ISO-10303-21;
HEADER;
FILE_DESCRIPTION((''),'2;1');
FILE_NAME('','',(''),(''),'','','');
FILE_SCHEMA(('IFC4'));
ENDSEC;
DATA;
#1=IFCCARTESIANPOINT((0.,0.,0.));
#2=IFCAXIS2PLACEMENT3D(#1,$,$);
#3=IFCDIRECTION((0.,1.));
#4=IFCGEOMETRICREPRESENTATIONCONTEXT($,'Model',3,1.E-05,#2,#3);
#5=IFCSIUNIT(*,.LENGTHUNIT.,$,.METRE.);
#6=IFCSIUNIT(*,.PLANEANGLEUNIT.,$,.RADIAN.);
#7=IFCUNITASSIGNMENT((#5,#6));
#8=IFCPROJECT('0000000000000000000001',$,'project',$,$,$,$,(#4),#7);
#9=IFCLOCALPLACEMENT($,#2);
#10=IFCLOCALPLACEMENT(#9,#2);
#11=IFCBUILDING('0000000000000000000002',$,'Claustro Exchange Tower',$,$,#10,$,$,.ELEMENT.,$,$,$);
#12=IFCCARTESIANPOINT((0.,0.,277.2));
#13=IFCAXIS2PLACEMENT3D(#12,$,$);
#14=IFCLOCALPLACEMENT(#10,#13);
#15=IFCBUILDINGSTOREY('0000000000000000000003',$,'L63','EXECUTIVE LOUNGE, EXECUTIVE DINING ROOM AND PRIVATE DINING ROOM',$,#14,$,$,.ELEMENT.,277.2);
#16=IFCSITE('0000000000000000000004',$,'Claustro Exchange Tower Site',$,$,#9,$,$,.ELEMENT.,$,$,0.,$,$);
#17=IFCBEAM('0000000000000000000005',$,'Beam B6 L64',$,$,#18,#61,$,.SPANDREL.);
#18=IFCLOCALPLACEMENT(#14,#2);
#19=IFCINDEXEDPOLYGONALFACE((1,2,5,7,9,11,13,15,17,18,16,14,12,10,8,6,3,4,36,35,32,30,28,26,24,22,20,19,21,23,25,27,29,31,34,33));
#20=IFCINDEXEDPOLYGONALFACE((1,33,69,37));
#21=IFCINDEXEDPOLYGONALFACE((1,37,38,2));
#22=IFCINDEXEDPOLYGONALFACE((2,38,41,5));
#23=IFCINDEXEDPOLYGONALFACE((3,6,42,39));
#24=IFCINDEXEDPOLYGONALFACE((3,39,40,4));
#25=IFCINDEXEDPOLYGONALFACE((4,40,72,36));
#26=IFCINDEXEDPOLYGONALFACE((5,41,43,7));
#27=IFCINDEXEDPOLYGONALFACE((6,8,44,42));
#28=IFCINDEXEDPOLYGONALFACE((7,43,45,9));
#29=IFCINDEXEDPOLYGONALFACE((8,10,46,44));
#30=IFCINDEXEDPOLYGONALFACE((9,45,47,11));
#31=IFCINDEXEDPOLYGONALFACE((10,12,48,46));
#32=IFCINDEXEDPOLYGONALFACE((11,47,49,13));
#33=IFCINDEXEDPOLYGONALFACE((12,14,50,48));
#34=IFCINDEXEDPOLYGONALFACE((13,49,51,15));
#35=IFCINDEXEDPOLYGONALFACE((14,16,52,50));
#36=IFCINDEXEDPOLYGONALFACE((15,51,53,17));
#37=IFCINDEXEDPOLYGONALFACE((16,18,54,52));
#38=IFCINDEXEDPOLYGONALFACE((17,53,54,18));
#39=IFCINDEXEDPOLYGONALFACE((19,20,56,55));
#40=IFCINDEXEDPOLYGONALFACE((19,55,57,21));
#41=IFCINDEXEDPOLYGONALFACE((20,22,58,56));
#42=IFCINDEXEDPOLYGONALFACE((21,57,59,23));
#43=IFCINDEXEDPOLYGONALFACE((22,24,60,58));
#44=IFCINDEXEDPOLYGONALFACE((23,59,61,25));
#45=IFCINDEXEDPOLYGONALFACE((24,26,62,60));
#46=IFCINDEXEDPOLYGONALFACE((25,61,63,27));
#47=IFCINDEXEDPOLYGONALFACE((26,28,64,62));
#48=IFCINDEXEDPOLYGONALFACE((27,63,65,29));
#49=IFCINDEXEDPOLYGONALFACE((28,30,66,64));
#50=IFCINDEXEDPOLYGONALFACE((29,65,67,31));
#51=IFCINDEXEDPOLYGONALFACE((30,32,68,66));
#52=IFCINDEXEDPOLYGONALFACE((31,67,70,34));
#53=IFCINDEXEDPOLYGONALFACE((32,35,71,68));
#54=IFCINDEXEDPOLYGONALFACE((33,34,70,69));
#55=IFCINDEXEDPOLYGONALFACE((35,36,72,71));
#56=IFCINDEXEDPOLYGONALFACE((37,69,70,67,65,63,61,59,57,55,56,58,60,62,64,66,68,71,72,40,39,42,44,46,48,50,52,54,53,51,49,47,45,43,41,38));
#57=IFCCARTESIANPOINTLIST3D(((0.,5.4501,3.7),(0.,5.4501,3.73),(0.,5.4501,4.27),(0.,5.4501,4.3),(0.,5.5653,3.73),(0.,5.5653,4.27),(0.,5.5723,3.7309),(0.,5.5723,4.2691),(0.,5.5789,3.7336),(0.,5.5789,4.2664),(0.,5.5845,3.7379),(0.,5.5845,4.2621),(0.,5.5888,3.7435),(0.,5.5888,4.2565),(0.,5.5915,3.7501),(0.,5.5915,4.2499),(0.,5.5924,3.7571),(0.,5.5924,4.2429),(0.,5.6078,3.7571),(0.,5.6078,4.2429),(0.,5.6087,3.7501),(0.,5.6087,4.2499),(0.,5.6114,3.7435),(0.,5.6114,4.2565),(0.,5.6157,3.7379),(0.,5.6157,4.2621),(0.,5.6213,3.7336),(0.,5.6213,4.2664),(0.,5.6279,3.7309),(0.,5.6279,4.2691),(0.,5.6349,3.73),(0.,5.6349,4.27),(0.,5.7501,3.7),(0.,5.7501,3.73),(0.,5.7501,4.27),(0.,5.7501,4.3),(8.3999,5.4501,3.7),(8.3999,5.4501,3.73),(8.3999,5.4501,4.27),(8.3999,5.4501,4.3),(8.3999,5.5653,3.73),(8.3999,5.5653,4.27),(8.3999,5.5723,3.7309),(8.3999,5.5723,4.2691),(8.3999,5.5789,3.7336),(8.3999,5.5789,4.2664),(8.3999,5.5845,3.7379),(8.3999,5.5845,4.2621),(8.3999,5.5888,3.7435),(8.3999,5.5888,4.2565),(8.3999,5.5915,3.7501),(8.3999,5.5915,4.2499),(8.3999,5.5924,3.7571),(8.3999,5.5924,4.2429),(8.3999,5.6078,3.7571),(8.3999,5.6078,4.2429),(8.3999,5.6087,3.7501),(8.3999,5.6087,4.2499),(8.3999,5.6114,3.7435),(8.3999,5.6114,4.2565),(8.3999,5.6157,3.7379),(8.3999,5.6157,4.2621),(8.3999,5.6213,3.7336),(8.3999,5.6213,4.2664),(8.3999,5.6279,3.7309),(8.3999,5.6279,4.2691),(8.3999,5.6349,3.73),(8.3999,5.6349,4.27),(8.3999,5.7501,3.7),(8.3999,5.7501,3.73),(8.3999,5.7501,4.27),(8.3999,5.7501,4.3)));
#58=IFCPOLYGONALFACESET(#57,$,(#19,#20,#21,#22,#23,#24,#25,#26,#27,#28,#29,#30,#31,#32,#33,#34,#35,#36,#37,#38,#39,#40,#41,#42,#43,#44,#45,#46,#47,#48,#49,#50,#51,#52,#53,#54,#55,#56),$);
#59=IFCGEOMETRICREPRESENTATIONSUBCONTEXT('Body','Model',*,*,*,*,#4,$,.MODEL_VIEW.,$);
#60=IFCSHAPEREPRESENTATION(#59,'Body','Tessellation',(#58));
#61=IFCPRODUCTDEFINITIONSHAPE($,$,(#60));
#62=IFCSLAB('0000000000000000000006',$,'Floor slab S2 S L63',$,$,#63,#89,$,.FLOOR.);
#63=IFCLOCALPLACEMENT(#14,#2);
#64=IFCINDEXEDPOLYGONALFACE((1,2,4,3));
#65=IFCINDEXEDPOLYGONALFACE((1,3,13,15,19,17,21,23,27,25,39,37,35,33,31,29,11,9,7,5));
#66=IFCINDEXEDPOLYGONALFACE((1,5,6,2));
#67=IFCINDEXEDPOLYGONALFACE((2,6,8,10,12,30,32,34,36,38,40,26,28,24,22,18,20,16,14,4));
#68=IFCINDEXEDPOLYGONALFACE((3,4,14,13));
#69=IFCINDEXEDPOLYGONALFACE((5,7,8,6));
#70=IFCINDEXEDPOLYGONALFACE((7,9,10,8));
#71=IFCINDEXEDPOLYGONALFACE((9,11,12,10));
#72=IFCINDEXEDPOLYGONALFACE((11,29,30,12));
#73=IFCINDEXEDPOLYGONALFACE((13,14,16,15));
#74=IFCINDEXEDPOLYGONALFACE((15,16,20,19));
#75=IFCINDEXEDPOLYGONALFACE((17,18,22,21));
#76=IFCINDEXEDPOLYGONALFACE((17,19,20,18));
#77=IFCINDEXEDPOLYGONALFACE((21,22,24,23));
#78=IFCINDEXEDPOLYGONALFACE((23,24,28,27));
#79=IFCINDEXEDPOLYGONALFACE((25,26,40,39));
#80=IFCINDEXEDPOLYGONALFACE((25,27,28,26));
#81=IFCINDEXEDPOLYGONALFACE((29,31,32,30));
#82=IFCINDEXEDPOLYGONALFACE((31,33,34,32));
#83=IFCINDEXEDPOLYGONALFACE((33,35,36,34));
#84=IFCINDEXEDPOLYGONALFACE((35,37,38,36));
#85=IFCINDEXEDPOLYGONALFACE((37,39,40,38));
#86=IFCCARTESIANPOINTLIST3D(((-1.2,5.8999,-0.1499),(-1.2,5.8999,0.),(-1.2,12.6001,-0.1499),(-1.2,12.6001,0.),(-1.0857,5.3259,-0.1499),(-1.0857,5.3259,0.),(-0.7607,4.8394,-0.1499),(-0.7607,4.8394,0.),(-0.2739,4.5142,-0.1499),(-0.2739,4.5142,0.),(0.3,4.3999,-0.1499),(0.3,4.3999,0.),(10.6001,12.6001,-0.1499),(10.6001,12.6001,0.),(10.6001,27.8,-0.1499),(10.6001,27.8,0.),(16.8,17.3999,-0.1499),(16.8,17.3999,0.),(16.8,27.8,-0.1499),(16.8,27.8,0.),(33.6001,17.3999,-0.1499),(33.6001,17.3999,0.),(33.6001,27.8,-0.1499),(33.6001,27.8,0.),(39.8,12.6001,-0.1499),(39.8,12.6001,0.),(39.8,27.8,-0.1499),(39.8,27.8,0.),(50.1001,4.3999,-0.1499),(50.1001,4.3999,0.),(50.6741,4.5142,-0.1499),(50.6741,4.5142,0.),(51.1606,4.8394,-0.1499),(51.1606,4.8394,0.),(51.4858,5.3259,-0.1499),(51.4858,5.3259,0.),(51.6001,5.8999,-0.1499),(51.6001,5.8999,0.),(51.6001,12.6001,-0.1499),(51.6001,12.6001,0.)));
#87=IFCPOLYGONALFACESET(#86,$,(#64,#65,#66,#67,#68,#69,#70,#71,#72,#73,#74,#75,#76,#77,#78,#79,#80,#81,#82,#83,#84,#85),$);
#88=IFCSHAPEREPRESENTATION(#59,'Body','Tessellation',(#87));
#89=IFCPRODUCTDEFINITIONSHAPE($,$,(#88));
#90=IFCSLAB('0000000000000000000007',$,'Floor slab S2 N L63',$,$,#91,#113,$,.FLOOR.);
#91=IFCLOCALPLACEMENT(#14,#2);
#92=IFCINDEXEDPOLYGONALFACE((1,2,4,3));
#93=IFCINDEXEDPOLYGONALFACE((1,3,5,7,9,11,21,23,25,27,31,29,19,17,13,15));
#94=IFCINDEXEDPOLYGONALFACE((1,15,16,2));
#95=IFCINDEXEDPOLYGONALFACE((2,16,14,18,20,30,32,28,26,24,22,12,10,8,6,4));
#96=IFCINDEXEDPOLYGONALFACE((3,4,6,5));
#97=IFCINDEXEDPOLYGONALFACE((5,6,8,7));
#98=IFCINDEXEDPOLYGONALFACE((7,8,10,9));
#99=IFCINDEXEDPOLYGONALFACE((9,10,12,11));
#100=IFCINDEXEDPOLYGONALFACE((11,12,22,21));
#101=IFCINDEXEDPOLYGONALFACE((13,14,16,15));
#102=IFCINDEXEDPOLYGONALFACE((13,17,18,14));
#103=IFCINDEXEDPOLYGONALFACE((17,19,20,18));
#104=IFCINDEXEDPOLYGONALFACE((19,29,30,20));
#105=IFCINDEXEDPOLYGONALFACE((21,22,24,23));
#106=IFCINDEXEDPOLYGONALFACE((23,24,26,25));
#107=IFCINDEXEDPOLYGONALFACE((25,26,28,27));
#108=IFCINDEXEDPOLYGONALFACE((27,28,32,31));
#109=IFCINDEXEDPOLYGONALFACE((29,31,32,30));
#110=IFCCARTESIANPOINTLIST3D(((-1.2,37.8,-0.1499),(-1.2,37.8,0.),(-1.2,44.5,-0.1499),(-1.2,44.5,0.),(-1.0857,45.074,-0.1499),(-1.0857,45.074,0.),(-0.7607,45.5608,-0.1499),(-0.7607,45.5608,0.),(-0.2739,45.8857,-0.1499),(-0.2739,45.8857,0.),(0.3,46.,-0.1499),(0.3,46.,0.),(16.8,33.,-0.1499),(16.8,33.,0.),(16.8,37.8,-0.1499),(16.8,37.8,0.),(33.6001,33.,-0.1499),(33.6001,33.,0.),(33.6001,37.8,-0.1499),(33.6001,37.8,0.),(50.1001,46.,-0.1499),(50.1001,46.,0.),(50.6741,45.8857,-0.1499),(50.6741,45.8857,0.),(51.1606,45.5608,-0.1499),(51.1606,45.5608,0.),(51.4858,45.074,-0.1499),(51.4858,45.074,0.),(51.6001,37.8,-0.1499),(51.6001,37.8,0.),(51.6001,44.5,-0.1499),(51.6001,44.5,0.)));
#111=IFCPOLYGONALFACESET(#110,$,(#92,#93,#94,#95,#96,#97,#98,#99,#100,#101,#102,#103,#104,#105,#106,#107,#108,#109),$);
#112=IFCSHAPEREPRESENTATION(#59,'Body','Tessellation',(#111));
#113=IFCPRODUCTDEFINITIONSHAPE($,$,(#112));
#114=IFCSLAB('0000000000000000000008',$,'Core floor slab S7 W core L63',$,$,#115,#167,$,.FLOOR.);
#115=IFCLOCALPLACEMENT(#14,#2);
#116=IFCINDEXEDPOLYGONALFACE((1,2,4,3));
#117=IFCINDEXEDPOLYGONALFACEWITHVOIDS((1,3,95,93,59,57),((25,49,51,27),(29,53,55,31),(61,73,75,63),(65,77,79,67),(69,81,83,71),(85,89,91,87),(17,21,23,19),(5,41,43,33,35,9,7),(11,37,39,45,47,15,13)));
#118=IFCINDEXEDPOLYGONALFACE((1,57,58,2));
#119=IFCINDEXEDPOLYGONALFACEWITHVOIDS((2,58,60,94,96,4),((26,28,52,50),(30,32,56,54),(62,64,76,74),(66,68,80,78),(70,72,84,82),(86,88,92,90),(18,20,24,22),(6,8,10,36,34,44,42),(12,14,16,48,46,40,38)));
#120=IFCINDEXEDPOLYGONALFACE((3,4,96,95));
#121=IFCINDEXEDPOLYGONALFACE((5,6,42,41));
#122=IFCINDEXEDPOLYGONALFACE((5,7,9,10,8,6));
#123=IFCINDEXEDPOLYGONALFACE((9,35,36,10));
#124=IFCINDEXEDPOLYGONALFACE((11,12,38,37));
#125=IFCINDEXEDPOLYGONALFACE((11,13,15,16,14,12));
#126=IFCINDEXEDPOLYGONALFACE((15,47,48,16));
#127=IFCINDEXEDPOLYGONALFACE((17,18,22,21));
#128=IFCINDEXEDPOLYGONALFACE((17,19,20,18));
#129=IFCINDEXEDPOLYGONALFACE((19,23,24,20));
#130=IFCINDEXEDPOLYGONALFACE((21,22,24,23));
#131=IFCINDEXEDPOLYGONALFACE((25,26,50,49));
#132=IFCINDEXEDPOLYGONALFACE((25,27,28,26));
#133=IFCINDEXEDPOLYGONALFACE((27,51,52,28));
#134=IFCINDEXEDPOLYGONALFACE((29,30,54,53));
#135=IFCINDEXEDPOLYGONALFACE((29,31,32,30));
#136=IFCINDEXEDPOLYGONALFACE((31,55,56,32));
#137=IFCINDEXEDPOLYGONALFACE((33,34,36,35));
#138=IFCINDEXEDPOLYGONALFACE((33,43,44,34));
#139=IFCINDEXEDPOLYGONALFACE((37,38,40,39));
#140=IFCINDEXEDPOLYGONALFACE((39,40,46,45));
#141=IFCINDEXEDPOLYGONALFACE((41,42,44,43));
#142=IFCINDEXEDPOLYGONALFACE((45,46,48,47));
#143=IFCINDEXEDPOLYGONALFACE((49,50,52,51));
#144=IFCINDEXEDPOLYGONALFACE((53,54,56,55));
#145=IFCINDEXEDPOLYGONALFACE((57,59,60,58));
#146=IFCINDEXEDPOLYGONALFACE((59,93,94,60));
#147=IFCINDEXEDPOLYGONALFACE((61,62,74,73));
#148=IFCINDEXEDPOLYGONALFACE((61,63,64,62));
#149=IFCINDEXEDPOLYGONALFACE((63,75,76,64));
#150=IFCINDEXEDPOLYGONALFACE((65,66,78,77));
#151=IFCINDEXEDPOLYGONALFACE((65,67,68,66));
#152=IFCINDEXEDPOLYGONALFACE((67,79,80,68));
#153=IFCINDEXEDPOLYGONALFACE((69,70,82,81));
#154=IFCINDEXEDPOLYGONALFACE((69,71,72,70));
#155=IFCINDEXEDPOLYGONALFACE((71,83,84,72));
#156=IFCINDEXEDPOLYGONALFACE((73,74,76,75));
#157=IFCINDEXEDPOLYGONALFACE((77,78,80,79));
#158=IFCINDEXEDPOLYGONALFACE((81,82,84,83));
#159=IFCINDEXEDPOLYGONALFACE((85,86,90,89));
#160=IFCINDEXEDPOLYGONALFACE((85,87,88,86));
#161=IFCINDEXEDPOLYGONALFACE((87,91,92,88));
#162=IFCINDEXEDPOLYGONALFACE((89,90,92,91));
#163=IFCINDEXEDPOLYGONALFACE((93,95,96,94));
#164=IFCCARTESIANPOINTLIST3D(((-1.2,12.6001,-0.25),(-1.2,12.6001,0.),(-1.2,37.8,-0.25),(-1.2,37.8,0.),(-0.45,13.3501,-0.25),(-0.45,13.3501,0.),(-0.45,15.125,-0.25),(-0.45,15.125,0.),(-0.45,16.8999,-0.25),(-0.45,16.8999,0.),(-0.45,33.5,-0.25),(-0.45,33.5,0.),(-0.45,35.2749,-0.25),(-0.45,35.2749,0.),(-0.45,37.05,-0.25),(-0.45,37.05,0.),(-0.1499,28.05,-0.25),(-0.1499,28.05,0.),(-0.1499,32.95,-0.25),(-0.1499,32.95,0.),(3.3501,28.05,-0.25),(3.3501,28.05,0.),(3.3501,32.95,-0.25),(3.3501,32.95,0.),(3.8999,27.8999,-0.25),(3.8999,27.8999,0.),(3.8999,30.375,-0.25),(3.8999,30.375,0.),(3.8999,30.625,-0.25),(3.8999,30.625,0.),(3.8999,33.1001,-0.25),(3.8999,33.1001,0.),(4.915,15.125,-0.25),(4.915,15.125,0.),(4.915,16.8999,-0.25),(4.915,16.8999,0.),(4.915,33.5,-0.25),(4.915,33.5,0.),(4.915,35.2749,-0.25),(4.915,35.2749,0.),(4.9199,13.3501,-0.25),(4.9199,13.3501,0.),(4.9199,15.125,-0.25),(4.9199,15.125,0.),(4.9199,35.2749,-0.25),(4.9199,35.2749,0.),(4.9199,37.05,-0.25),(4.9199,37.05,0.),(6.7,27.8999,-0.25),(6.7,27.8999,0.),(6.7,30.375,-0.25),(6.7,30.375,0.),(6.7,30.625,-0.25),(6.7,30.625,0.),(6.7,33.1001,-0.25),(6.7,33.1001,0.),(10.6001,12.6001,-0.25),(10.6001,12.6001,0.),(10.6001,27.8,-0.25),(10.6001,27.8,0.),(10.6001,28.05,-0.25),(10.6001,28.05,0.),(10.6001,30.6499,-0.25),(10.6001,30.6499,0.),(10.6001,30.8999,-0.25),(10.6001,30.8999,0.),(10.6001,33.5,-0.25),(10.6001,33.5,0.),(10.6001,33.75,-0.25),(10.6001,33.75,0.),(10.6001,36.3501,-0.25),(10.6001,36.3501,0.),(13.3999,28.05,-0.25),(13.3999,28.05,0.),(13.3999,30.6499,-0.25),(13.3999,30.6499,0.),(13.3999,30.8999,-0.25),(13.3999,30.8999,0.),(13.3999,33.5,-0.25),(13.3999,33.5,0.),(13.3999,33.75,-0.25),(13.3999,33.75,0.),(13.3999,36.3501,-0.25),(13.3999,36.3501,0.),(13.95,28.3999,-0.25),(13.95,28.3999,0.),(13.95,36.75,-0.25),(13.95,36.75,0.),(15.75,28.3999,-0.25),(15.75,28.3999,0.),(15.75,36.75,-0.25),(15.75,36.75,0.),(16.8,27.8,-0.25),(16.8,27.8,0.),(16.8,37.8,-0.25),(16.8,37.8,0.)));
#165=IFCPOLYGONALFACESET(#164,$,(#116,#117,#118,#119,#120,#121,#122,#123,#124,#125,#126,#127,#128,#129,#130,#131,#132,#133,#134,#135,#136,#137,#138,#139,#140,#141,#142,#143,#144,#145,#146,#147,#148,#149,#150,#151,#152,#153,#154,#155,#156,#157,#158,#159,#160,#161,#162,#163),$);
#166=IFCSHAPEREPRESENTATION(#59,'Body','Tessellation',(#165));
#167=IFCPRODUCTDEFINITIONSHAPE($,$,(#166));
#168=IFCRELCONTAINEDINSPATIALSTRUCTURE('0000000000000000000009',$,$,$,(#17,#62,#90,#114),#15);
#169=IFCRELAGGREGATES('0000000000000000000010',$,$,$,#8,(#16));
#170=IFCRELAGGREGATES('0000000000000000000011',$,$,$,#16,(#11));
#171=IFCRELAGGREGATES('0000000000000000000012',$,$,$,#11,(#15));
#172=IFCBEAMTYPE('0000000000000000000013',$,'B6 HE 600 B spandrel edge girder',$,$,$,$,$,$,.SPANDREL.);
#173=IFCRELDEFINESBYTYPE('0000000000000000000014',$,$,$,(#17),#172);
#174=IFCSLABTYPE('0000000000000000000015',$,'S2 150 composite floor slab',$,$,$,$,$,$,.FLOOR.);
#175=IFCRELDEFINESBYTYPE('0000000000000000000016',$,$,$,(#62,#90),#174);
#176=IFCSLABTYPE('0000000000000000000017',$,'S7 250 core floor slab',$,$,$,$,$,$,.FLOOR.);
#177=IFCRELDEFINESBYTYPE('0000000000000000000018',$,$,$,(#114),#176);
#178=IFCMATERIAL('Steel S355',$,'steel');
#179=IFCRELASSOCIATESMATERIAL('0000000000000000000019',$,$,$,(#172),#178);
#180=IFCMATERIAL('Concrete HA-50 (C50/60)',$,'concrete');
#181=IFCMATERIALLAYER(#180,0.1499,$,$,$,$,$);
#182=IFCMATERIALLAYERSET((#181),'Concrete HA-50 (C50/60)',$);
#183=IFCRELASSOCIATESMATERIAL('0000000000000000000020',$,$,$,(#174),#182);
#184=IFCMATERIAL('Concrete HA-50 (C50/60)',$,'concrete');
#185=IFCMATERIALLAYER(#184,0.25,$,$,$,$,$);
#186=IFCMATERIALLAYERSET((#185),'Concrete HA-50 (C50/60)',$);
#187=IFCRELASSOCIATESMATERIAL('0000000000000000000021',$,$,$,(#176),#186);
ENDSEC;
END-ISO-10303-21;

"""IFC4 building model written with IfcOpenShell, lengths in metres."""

from ifc_helpers import new_model, si_unit, direction, frame, origin, origin_2d, place, context, subcontext, project, spatial, polyline, i_section, outline, extrude, material, layer, layer_set, material_profile, profile_set, type_object, element, save


model = new_model("IFC4")

# Units and contexts
model_context = context("Model", 3, precision=1e-05, world=origin(), true_north=direction((0.0, 1.0)))
body_context = subcontext(model_context, "Body", "Model", "MODEL_VIEW")
ifc_project = project(units=[si_unit("LENGTHUNIT", "METRE"), si_unit("PLANEANGLEUNIT", "RADIAN")], contexts=[model_context])

# Site, building, storey
site_placement = place(None, origin())
site = spatial("IfcSite", under=ifc_project, at=site_placement, Name="Claustro Exchange Tower Site", CompositionType="ELEMENT", RefElevation=0.0)
building_placement = place(site_placement, origin())
building = spatial("IfcBuilding", under=site, at=building_placement, Name="Claustro Exchange Tower", CompositionType="ELEMENT")
storey_placement = place(building_placement, frame((0.0, 0.0, 277.2)))
storey = spatial("IfcBuildingStorey", under=building, at=storey_placement, Name="L63", Description="EXECUTIVE LOUNGE, EXECUTIVE DINING ROOM AND PRIVATE DINING ROOM", CompositionType="ELEMENT", Elevation=277.2)

# Beam
ifc_material_1 = material(Name="Steel S355", Category="steel")
ifc_material_profile_1 = material_profile(ifc_material_1, i_section(OverallWidth=0.3, OverallDepth=0.6001, WebThickness=0.0154, FlangeThickness=0.03, FilletRadius=0.0271, at=origin_2d()), Name="HE 600 B")
ifc_profile_set_1 = profile_set([ifc_material_profile_1], Name="Steel S355")
beam_type_1 = type_object("IfcBeamType", Name="B6 HE 600 B spandrel edge girder", PredefinedType="SPANDREL", material=ifc_profile_set_1)
beam_1_placement = place(storey_placement, frame((0.0, 5.6001, 4.0), z_axis=(1.0, 0.0, 0.0), x_axis=(0.0, 1.0, 0.0)))
element("IfcBeam", 1, at=beam_1_placement, inside=storey, type_object=beam_type_1, Name="Beam B6 L64", PredefinedType="SPANDREL", context=body_context, shape_type="SweptSolid", body=[
    extrude(i_section(OverallWidth=0.3, OverallDepth=0.6001, WebThickness=0.0154, FlangeThickness=0.03, FilletRadius=0.0271, at=origin_2d()), origin(), (0.0, 0.0, 1.0), 8.3999),
])

# Slabs
ifc_material_2 = material(Name="Concrete HA-50 (C50/60)", Category="concrete")
ifc_layer_1 = layer(ifc_material_2, 0.1499)
ifc_layer_set_1 = layer_set([ifc_layer_1], Name="Concrete HA-50 (C50/60)")
slab_type_1 = type_object("IfcSlabType", Name="S2 150 composite floor slab", PredefinedType="FLOOR", material=ifc_layer_set_1)
slab_1_placement = place(storey_placement, frame((0.0, 0.0, -0.1499)))
element("IfcSlab", 2, at=slab_1_placement, inside=storey, type_object=slab_type_1, Name="Floor slab S2 S L63", PredefinedType="FLOOR", context=body_context, shape_type="SweptSolid", body=[
    extrude(outline(polyline([(-0.2739, 4.5142), (0.3, 4.3999), (50.1001, 4.3999), (50.6741, 4.5142), (51.1606, 4.8394), (51.4858, 5.3259), (51.6001, 5.8999), (51.6001, 12.6001), (39.8, 12.6001), (39.8, 27.8), (33.6001, 27.8), (33.6001, 17.3999), (16.8, 17.3999), (16.8, 27.8), (10.6001, 27.8), (10.6001, 12.6001), (-1.2, 12.6001), (-1.2, 5.8999), (-1.0857, 5.3259), (-0.7607, 4.8394), (-0.2739, 4.5142)])), origin(), (0.0, 0.0, 1.0), 0.1499),
])
slab_2_placement = place(storey_placement, frame((0.0, 0.0, -0.1499)))
element("IfcSlab", 3, at=slab_2_placement, inside=storey, type_object=slab_type_1, Name="Floor slab S2 N L63", PredefinedType="FLOOR", context=body_context, shape_type="SweptSolid", body=[
    extrude(outline(polyline([(16.8, 37.8), (16.8, 33.0), (33.6001, 33.0), (33.6001, 37.8), (51.6001, 37.8), (51.6001, 44.5), (51.4858, 45.074), (51.1606, 45.5608), (50.6741, 45.8857), (50.1001, 46.0), (0.3, 46.0), (-0.2739, 45.8857), (-0.7607, 45.5608), (-1.0857, 45.074), (-1.2, 44.5), (-1.2, 37.8), (16.8, 37.8)])), origin(), (0.0, 0.0, 1.0), 0.1499),
])
ifc_material_3 = material(Name="Concrete HA-50 (C50/60)", Category="concrete")
ifc_layer_2 = layer(ifc_material_3, 0.25)
ifc_layer_set_2 = layer_set([ifc_layer_2], Name="Concrete HA-50 (C50/60)")
slab_type_2 = type_object("IfcSlabType", Name="S7 250 core floor slab", PredefinedType="FLOOR", material=ifc_layer_set_2)
slab_3_placement = place(storey_placement, frame((0.0, 0.0, -0.25)))
element("IfcSlab", 4, at=slab_3_placement, inside=storey, type_object=slab_type_2, Name="Core floor slab S7 W core L63", PredefinedType="FLOOR", context=body_context, shape_type="SweptSolid", body=[
    extrude(outline(polyline([(-1.2, 37.8), (-1.2, 12.6001), (10.6001, 12.6001), (10.6001, 27.8), (16.8, 27.8), (16.8, 37.8), (-1.2, 37.8)]), holes=[polyline([(13.95, 36.75), (15.75, 36.75), (15.75, 28.3999), (13.95, 28.3999), (13.95, 36.75)]), polyline([(10.6001, 30.6499), (13.3999, 30.6499), (13.3999, 28.05), (10.6001, 28.05), (10.6001, 30.6499)]), polyline([(10.6001, 33.5), (13.3999, 33.5), (13.3999, 30.8999), (10.6001, 30.8999), (10.6001, 33.5)]), polyline([(13.3999, 36.3501), (13.3999, 33.75), (10.6001, 33.75), (10.6001, 36.3501), (13.3999, 36.3501)]), polyline([(3.8999, 30.375), (6.7, 30.375), (6.7, 27.8999), (3.8999, 27.8999), (3.8999, 30.375)]), polyline([(3.8999, 33.1001), (6.7, 33.1001), (6.7, 30.625), (3.8999, 30.625), (3.8999, 33.1001)]), polyline([(-0.45, 13.3501), (-0.45, 15.125), (-0.45, 16.8999), (4.915, 16.8999), (4.915, 15.125), (4.9199, 15.125), (4.9199, 13.3501), (-0.45, 13.3501)]), polyline([(-0.45, 37.05), (4.9199, 37.05), (4.9199, 35.2749), (4.915, 35.2749), (4.915, 33.5), (-0.45, 33.5), (-0.45, 35.2749), (-0.45, 37.05)]), polyline([(-0.1499, 32.95), (3.3501, 32.95), (3.3501, 28.05), (-0.1499, 28.05), (-0.1499, 32.95)])]), origin(), (0.0, 0.0, 1.0), 0.25),
])

save(model, "model.ifc")
